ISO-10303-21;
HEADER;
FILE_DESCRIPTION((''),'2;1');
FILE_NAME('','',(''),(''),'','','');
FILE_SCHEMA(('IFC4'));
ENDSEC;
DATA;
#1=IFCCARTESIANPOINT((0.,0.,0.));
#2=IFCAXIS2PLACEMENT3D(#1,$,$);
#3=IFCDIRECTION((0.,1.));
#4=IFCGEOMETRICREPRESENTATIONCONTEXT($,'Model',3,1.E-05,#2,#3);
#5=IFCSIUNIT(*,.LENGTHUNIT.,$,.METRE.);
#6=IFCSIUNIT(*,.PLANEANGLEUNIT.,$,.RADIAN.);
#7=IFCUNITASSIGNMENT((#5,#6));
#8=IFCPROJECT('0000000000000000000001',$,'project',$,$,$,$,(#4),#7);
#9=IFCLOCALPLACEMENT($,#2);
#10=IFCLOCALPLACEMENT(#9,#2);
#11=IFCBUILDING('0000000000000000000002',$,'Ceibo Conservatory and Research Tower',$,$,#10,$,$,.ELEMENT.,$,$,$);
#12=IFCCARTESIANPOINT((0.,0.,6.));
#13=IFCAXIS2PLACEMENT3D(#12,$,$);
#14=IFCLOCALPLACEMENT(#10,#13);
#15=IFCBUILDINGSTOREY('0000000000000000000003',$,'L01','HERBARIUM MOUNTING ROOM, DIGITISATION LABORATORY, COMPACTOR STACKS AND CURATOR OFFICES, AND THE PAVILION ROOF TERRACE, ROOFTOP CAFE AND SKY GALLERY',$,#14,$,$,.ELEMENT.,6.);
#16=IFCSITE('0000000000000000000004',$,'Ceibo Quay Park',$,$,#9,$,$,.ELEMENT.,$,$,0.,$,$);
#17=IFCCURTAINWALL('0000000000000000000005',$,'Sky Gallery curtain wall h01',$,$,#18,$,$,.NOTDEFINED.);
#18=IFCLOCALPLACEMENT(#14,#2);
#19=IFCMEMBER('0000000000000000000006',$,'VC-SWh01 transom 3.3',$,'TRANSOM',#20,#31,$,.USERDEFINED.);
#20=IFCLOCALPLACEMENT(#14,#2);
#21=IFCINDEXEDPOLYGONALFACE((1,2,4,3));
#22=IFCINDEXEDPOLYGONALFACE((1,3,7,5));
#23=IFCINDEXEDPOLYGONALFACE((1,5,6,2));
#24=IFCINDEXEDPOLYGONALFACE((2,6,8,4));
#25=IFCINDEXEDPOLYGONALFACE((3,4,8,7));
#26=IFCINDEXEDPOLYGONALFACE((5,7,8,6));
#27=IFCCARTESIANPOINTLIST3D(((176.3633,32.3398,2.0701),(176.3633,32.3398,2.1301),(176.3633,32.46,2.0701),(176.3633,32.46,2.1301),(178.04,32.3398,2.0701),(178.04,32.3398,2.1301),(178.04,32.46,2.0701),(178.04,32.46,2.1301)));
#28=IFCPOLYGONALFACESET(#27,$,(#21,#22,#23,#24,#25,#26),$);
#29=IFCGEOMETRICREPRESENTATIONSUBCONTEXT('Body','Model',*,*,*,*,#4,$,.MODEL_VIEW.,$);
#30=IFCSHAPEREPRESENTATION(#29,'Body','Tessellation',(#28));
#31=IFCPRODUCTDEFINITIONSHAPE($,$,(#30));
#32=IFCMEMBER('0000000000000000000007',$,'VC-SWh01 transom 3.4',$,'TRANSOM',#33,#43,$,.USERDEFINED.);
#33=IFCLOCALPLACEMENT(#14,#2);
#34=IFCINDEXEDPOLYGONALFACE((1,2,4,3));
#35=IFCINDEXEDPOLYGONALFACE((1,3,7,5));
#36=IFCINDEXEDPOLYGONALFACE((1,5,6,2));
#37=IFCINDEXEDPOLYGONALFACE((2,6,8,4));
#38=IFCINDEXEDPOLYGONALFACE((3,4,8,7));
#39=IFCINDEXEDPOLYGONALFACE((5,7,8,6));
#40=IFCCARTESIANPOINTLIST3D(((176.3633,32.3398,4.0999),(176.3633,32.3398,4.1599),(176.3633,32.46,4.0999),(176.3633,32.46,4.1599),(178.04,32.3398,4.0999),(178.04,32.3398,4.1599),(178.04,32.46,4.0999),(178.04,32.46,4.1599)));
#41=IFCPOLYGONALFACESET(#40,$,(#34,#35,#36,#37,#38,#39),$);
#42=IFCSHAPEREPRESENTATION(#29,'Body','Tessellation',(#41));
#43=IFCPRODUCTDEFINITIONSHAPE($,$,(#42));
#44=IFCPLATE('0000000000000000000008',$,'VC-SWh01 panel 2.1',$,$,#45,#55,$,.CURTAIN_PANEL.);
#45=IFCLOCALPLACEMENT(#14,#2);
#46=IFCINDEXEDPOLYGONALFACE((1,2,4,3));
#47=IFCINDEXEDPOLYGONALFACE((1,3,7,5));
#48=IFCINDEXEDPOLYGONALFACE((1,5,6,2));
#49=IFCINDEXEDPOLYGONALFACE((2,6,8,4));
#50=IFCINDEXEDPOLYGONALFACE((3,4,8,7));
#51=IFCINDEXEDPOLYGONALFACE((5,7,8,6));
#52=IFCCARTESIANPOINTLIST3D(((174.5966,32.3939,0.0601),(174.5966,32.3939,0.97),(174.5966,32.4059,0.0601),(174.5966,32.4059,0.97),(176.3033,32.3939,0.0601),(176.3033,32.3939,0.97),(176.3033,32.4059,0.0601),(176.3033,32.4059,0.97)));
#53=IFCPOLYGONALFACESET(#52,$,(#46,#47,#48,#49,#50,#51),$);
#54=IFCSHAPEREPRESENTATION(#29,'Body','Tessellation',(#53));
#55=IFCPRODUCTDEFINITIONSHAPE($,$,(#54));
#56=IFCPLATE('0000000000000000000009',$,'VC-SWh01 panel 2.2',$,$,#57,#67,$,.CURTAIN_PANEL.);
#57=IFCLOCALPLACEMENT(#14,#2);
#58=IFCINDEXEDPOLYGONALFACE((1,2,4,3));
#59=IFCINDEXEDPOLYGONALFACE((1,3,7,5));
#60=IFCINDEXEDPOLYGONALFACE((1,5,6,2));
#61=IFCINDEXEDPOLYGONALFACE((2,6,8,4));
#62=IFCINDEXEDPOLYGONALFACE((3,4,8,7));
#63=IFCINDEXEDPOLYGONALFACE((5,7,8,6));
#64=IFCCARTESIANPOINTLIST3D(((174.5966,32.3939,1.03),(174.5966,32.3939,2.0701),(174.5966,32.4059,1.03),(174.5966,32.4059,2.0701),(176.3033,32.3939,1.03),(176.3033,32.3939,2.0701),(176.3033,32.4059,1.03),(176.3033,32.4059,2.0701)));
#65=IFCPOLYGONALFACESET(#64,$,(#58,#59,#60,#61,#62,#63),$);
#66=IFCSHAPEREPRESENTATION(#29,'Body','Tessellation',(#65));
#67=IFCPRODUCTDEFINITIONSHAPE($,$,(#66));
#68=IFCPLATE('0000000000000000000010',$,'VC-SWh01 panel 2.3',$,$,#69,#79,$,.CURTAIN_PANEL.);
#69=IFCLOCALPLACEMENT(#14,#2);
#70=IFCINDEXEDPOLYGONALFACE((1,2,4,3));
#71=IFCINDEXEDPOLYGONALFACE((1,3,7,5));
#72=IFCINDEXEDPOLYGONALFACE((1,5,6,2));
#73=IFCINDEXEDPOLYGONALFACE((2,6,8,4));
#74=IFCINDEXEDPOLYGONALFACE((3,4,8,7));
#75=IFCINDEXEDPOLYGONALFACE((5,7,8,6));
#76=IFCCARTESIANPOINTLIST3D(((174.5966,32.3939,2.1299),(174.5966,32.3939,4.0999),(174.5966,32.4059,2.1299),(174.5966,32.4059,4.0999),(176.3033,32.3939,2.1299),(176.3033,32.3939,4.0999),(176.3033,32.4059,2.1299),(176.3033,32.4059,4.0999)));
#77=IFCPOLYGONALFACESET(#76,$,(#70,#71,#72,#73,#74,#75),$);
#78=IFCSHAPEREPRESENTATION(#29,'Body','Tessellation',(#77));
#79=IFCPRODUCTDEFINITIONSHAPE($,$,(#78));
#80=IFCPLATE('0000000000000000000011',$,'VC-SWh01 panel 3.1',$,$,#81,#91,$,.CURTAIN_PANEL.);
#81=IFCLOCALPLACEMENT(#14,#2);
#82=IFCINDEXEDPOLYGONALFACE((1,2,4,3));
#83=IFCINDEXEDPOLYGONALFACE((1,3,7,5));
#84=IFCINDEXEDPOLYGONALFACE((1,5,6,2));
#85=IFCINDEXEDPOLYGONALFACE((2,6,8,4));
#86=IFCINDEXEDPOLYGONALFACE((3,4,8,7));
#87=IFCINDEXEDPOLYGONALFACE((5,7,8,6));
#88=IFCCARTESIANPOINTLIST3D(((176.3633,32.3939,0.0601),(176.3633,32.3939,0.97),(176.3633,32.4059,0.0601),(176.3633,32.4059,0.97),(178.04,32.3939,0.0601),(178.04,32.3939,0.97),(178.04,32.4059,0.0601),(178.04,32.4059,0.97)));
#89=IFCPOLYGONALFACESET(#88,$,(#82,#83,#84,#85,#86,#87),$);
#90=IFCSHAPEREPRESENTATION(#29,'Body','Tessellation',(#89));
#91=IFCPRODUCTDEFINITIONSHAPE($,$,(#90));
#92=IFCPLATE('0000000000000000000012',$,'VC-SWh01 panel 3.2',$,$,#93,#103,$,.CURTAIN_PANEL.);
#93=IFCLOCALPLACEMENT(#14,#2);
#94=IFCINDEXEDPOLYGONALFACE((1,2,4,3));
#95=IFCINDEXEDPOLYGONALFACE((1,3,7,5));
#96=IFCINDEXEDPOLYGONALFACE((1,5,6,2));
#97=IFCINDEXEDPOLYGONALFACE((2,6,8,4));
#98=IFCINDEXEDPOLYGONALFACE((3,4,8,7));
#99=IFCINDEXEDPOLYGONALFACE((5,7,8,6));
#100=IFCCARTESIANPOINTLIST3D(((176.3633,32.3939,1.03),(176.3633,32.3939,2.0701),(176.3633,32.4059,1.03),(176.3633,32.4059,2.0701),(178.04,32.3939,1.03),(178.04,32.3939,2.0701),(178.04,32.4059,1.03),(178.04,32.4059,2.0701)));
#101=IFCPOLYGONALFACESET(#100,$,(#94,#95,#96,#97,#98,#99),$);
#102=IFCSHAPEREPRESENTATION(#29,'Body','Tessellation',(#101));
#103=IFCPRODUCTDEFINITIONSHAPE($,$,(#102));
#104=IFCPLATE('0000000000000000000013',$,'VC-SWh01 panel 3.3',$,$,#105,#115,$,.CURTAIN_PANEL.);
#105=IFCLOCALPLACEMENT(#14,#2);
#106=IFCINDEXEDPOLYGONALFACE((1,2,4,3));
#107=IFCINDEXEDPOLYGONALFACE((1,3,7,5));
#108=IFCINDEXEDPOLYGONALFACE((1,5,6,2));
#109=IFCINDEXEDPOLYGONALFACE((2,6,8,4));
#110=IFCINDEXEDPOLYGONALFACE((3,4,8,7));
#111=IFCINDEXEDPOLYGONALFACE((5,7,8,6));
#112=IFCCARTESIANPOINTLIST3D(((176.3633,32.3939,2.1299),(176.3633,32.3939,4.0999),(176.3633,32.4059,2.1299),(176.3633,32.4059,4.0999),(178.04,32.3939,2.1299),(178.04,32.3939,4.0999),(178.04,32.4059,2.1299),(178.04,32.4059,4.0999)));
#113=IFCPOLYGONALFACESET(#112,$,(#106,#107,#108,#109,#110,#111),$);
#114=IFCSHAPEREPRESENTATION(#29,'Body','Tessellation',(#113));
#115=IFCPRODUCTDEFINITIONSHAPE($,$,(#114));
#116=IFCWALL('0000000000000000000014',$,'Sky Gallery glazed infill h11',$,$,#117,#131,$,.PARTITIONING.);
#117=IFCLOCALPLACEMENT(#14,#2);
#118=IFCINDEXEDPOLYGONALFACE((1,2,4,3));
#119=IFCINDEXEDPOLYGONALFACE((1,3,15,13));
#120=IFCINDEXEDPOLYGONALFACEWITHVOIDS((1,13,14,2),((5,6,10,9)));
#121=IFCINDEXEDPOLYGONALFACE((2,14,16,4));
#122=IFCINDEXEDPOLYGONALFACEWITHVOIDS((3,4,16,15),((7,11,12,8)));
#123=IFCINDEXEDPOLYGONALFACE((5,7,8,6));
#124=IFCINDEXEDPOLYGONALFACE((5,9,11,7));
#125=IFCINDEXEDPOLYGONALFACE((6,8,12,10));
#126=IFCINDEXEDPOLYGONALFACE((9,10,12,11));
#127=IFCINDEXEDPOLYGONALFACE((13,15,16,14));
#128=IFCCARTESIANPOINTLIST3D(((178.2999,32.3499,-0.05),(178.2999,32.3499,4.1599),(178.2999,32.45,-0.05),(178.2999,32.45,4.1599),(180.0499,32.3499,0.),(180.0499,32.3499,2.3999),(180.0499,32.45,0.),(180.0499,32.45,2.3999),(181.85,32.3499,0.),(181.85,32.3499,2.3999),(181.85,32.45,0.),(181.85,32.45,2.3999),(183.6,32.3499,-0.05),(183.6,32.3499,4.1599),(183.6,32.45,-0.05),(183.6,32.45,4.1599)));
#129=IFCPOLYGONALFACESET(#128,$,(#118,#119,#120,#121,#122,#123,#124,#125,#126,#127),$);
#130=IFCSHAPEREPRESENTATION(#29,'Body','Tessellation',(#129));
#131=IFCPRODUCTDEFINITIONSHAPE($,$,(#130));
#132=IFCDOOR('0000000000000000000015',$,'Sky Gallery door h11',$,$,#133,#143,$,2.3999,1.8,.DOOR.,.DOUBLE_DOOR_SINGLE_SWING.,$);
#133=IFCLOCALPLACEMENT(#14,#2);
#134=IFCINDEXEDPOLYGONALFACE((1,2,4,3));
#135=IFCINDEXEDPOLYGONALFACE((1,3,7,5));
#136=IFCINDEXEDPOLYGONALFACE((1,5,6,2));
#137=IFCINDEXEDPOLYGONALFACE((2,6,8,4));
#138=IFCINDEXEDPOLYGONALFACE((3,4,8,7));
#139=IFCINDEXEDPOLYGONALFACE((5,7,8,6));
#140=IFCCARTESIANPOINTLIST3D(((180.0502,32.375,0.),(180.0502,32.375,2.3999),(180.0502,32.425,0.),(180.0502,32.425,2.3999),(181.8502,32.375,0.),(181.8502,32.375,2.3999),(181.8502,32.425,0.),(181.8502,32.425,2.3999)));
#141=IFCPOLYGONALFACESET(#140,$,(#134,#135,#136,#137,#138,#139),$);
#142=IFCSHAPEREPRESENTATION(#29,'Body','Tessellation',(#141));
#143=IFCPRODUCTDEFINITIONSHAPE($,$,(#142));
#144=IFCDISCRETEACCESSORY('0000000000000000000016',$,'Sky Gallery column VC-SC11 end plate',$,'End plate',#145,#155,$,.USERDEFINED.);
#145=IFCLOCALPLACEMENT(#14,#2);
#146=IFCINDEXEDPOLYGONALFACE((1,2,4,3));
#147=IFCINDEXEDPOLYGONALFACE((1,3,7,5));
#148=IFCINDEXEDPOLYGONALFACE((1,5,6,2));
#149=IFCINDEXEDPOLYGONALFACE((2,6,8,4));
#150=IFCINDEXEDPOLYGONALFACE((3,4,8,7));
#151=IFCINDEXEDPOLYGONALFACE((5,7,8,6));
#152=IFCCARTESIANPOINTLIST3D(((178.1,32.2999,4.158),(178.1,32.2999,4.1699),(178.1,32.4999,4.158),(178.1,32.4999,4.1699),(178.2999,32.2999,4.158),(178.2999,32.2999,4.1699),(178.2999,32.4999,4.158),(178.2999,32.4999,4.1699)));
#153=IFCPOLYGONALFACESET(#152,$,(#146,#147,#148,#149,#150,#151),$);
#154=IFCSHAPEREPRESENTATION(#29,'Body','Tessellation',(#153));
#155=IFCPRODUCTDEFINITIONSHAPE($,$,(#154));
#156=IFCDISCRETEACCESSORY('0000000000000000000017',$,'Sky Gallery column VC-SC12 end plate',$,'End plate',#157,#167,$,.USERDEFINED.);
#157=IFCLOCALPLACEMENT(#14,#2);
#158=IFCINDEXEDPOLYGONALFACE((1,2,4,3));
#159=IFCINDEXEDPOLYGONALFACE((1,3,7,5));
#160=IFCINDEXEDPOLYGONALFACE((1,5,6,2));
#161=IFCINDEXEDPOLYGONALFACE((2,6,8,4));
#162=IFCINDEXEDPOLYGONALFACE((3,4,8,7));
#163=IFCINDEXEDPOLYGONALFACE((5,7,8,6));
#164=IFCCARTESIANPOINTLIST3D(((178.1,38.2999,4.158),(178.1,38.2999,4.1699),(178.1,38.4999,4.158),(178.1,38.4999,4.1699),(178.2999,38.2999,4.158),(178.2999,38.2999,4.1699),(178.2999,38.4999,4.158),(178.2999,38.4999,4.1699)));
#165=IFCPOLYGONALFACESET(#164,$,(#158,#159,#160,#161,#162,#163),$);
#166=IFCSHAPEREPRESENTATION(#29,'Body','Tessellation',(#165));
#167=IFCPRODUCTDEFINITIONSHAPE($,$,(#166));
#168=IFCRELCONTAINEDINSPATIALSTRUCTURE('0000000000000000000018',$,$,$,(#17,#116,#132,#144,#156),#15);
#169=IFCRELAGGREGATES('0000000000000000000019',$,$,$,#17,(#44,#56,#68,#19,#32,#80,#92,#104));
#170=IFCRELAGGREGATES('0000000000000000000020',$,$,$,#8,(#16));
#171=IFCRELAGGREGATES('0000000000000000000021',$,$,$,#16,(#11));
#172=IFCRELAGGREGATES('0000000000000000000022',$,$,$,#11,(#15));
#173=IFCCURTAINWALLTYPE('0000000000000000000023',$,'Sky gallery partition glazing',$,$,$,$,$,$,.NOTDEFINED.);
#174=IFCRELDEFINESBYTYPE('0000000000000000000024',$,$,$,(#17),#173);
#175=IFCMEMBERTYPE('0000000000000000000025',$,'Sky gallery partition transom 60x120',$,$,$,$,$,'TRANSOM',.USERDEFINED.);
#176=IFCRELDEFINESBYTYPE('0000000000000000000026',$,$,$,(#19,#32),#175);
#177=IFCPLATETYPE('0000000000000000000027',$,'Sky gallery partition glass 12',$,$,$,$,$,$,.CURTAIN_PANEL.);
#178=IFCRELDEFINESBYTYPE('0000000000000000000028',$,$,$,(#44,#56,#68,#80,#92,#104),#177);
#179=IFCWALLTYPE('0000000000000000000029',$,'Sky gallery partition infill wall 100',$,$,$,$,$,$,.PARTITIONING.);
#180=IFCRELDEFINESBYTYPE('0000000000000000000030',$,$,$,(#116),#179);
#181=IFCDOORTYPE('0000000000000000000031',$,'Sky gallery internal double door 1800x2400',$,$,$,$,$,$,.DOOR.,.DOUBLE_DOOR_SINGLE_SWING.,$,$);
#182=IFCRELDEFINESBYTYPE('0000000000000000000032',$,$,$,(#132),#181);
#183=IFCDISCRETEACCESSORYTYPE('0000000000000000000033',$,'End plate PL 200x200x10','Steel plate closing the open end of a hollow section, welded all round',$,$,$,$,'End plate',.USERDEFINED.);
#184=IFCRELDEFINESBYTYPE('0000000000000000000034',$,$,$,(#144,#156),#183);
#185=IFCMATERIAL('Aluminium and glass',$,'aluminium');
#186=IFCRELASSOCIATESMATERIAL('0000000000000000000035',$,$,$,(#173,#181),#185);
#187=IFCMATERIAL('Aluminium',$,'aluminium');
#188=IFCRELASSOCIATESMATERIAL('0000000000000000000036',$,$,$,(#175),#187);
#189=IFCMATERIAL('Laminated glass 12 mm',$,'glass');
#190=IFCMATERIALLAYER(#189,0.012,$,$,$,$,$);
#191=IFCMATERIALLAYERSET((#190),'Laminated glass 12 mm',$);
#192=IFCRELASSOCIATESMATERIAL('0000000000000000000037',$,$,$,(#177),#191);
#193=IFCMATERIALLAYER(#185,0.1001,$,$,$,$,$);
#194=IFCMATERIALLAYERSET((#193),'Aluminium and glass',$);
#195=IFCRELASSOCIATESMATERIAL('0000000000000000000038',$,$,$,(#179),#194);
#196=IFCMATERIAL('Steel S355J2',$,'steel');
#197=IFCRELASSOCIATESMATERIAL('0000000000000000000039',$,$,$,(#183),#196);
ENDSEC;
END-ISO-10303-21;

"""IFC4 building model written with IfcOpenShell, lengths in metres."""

from ifc_helpers import new_model, si_unit, direction, frame, frame_2d, origin, origin_2d, place, context, subcontext, project, spatial, rectangle, extrude, material, layer, layer_set, material_profile, profile_set, type_object, element, fill, aggregate, save


model = new_model("IFC4")

# Units and contexts
model_context = context("Model", 3, precision=1e-05, world=origin(), true_north=direction((0.0, 1.0)))
body_context = subcontext(model_context, "Body", "Model", "MODEL_VIEW")
ifc_project = project(units=[si_unit("LENGTHUNIT", "METRE"), si_unit("PLANEANGLEUNIT", "RADIAN")], contexts=[model_context])

# Site, building, storey
site_placement = place(None, origin())
site = spatial("IfcSite", under=ifc_project, at=site_placement, Name="Ceibo Quay Park", CompositionType="ELEMENT", RefElevation=0.0)
building_placement = place(site_placement, origin())
building = spatial("IfcBuilding", under=site, at=building_placement, Name="Ceibo Conservatory and Research Tower", CompositionType="ELEMENT")
storey_placement = place(building_placement, frame((0.0, 0.0, 6.0)))
storey = spatial("IfcBuildingStorey", under=building, at=storey_placement, Name="L01", Description="HERBARIUM MOUNTING ROOM, DIGITISATION LABORATORY, COMPACTOR STACKS AND CURATOR OFFICES, AND THE PAVILION ROOF TERRACE, ROOFTOP CAFE AND SKY GALLERY", CompositionType="ELEMENT", Elevation=6.0)

# Shared definitions
ifc_material_1 = material(Name="Steel S355J2", Category="steel")

# Curtain wall, members, plates
ifc_material_2 = material(Name="Aluminium and glass", Category="aluminium")
curtain_wall_type = type_object("IfcCurtainWallType", Name="Sky gallery partition glazing", PredefinedType="NOTDEFINED", material=ifc_material_2)
curtain_wall_placement = place(storey_placement, origin())
curtain_wall = element("IfcCurtainWall", 1, at=curtain_wall_placement, inside=storey, type_object=curtain_wall_type, Name="Sky Gallery curtain wall h01", PredefinedType="NOTDEFINED")
ifc_material_3 = material(Name="Aluminium", Category="aluminium")
ifc_material_profile_1 = material_profile(ifc_material_3, rectangle(XDim=0.1201, YDim=0.0601, at=origin_2d()), Name="AL 60x120")
ifc_profile_set_1 = profile_set([ifc_material_profile_1], Name="Aluminium")
member_type_1 = type_object("IfcMemberType", Name="Sky gallery partition transom 60x120", ElementType="TRANSOM", PredefinedType="USERDEFINED", material=ifc_profile_set_1)
member_1_placement = place(storey_placement, frame((176.3633, 32.3999, 2.1001), z_axis=(1.0, 0.0, 0.0), x_axis=(0.0, 1.0, 0.0)))
member_1 = element("IfcMember", 2, at=member_1_placement, type_object=member_type_1, Name="VC-SWh01 transom 3.3", ObjectType="TRANSOM", PredefinedType="USERDEFINED", context=body_context, shape_type="SweptSolid", body=[
    extrude(rectangle(XDim=0.1201, YDim=0.0601, at=origin_2d()), origin(), (0.0, 0.0, 1.0), 1.6768),
])
member_2_placement = place(storey_placement, frame((176.3633, 32.3999, 4.1299), z_axis=(1.0, 0.0, 0.0), x_axis=(0.0, 1.0, 0.0)))
member_2 = element("IfcMember", 3, at=member_2_placement, type_object=member_type_1, Name="VC-SWh01 transom 3.4", ObjectType="TRANSOM", PredefinedType="USERDEFINED", context=body_context, shape_type="SweptSolid", body=[
    extrude(rectangle(XDim=0.1201, YDim=0.0601, at=origin_2d()), origin(), (0.0, 0.0, 1.0), 1.6768),
])
ifc_material_4 = material(Name="Laminated glass 12 mm", Category="glass")
ifc_layer_1 = layer(ifc_material_4, 0.012)
ifc_layer_set_1 = layer_set([ifc_layer_1], Name="Laminated glass 12 mm")
plate_type = type_object("IfcPlateType", Name="Sky gallery partition glass 12", PredefinedType="CURTAIN_PANEL", material=ifc_layer_set_1)
plate_1_placement = place(storey_placement, frame((175.45, 32.3999, 0.0601), z_axis=(0.0, 0.0, 1.0), x_axis=(1.0, 0.0, 0.0)))
plate_1 = element("IfcPlate", 4, at=plate_1_placement, type_object=plate_type, Name="VC-SWh01 panel 2.1", PredefinedType="CURTAIN_PANEL", context=body_context, shape_type="SweptSolid", body=[
    extrude(rectangle(XDim=1.7068, YDim=0.012, at=origin_2d()), origin(), (0.0, 0.0, 1.0), 0.9099),
])
plate_2_placement = place(storey_placement, frame((175.45, 32.3999, 1.03), z_axis=(0.0, 0.0, 1.0), x_axis=(1.0, 0.0, 0.0)))
plate_2 = element("IfcPlate", 5, at=plate_2_placement, type_object=plate_type, Name="VC-SWh01 panel 2.2", PredefinedType="CURTAIN_PANEL", context=body_context, shape_type="SweptSolid", body=[
    extrude(rectangle(XDim=1.7068, YDim=0.012, at=origin_2d()), origin(), (0.0, 0.0, 1.0), 1.04),
])
plate_3_placement = place(storey_placement, frame((175.45, 32.3999, 2.1299), z_axis=(0.0, 0.0, 1.0), x_axis=(1.0, 0.0, 0.0)))
plate_3 = element("IfcPlate", 6, at=plate_3_placement, type_object=plate_type, Name="VC-SWh01 panel 2.3", PredefinedType="CURTAIN_PANEL", context=body_context, shape_type="SweptSolid", body=[
    extrude(rectangle(XDim=1.7068, YDim=0.012, at=origin_2d()), origin(), (0.0, 0.0, 1.0), 1.97),
])
plate_4_placement = place(storey_placement, frame((177.2017, 32.3999, 0.0601), z_axis=(0.0, 0.0, 1.0), x_axis=(1.0, 0.0, 0.0)))
plate_4 = element("IfcPlate", 7, at=plate_4_placement, type_object=plate_type, Name="VC-SWh01 panel 3.1", PredefinedType="CURTAIN_PANEL", context=body_context, shape_type="SweptSolid", body=[
    extrude(rectangle(XDim=1.6768, YDim=0.012, at=origin_2d()), origin(), (0.0, 0.0, 1.0), 0.9099),
])
plate_5_placement = place(storey_placement, frame((177.2017, 32.3999, 1.03), z_axis=(0.0, 0.0, 1.0), x_axis=(1.0, 0.0, 0.0)))
plate_5 = element("IfcPlate", 8, at=plate_5_placement, type_object=plate_type, Name="VC-SWh01 panel 3.2", PredefinedType="CURTAIN_PANEL", context=body_context, shape_type="SweptSolid", body=[
    extrude(rectangle(XDim=1.6768, YDim=0.012, at=origin_2d()), origin(), (0.0, 0.0, 1.0), 1.04),
])
plate_6_placement = place(storey_placement, frame((177.2017, 32.3999, 2.1299), z_axis=(0.0, 0.0, 1.0), x_axis=(1.0, 0.0, 0.0)))
plate_6 = element("IfcPlate", 9, at=plate_6_placement, type_object=plate_type, Name="VC-SWh01 panel 3.3", PredefinedType="CURTAIN_PANEL", context=body_context, shape_type="SweptSolid", body=[
    extrude(rectangle(XDim=1.6768, YDim=0.012, at=origin_2d()), origin(), (0.0, 0.0, 1.0), 1.97),
])
aggregate(curtain_wall, [plate_1, plate_2, plate_3, member_1, member_2, plate_4, plate_5, plate_6])

# Wall, opening, door
ifc_layer_2 = layer(ifc_material_2, 0.1001)
ifc_layer_set_2 = layer_set([ifc_layer_2], Name="Aluminium and glass")
wall_type = type_object("IfcWallType", Name="Sky gallery partition infill wall 100", PredefinedType="PARTITIONING", material=ifc_layer_set_2)
wall_placement = place(storey_placement, frame((178.3, 32.3999, -0.05), z_axis=(0.0, 0.0, 1.0), x_axis=(1.0, 0.0, 0.0)))
wall = element("IfcWall", 10, at=wall_placement, inside=storey, type_object=wall_type, Name="Sky Gallery glazed infill h11", PredefinedType="PARTITIONING", context=body_context, shape_type="SweptSolid", body=[
    extrude(rectangle(XDim=5.3, YDim=0.1001, at=frame_2d((2.6499, 0.0))), origin(), (0.0, 0.0, 1.0), 4.21),
])
opening_placement = place(wall_placement, frame((1.75, 0.0, 0.05)))
opening = element("IfcOpeningElement", 11, at=opening_placement, cuts=wall, PredefinedType="OPENING", context=body_context, shape_type="SweptSolid", body=[
    extrude(rectangle(XDim=1.8, YDim=2.3999, at=frame_2d((0.8999, 1.2))), frame((0.0, 0.0601, 0.0), z_axis=(0.0, -1.0, 0.0), x_axis=(1.0, 0.0, 0.0)), (0.0, 0.0, 1.0), 0.1201),
])
door_type = type_object("IfcDoorType", Name="Sky gallery internal double door 1800x2400", OperationType="DOUBLE_DOOR_SINGLE_SWING", PredefinedType="DOOR", material=ifc_material_2)
door_placement = place(opening_placement, frame((1.8, 0.0, 0.0), z_axis=(0.0, 0.0, 1.0), x_axis=(-1.0, 0.0, 0.0)))
door = element("IfcDoor", 12, at=door_placement, inside=storey, type_object=door_type, Name="Sky Gallery door h11", OperationType="DOUBLE_DOOR_SINGLE_SWING", OverallHeight=2.3999, OverallWidth=1.8, PredefinedType="DOOR", context=body_context, shape_type="SweptSolid", body=[
    extrude(rectangle(XDim=1.8, YDim=2.3999, at=frame_2d((0.8999, 1.2))), frame((0.0, 0.0249, 0.0), z_axis=(0.0, -1.0, 0.0), x_axis=(1.0, 0.0, 0.0)), (0.0, 0.0, 1.0), 0.05),
])
fill(opening, door)

# Discrete accessories
ifc_material_profile_2 = material_profile(ifc_material_1, rectangle(XDim=0.2, YDim=0.2, at=origin_2d()), Name="End plate PL 200x200x10")
ifc_profile_set_2 = profile_set([ifc_material_profile_2], Name="Steel S355J2")
discrete_accessory_type = type_object("IfcDiscreteAccessoryType", Name="End plate PL 200x200x10", Description="Steel plate closing the open end of a hollow section, welded all round", ElementType="End plate", PredefinedType="USERDEFINED", material=ifc_profile_set_2)
for number, where, z_axis, x_axis, name in (
    (13, (178.2, 32.3999, 4.158), (0.0, 0.0, 1.0), (1.0, 0.0, 0.0), "Sky Gallery column VC-SC11 end plate"),
    (14, (178.2, 38.3999, 4.158), (0.0, 0.0, 1.0), (1.0, 0.0, 0.0), "Sky Gallery column VC-SC12 end plate"),
):
    element("IfcDiscreteAccessory", number, at=place(storey_placement, frame(where, z_axis=z_axis, x_axis=x_axis)), inside=storey, type_object=discrete_accessory_type, Name=name, ObjectType="End plate", PredefinedType="USERDEFINED", context=body_context, shape_type="SweptSolid", body=[
        extrude(rectangle(XDim=0.2, YDim=0.2, at=origin_2d()), origin(), (0.0, 0.0, 1.0), 0.012),
    ])

save(model, "model.ifc")
